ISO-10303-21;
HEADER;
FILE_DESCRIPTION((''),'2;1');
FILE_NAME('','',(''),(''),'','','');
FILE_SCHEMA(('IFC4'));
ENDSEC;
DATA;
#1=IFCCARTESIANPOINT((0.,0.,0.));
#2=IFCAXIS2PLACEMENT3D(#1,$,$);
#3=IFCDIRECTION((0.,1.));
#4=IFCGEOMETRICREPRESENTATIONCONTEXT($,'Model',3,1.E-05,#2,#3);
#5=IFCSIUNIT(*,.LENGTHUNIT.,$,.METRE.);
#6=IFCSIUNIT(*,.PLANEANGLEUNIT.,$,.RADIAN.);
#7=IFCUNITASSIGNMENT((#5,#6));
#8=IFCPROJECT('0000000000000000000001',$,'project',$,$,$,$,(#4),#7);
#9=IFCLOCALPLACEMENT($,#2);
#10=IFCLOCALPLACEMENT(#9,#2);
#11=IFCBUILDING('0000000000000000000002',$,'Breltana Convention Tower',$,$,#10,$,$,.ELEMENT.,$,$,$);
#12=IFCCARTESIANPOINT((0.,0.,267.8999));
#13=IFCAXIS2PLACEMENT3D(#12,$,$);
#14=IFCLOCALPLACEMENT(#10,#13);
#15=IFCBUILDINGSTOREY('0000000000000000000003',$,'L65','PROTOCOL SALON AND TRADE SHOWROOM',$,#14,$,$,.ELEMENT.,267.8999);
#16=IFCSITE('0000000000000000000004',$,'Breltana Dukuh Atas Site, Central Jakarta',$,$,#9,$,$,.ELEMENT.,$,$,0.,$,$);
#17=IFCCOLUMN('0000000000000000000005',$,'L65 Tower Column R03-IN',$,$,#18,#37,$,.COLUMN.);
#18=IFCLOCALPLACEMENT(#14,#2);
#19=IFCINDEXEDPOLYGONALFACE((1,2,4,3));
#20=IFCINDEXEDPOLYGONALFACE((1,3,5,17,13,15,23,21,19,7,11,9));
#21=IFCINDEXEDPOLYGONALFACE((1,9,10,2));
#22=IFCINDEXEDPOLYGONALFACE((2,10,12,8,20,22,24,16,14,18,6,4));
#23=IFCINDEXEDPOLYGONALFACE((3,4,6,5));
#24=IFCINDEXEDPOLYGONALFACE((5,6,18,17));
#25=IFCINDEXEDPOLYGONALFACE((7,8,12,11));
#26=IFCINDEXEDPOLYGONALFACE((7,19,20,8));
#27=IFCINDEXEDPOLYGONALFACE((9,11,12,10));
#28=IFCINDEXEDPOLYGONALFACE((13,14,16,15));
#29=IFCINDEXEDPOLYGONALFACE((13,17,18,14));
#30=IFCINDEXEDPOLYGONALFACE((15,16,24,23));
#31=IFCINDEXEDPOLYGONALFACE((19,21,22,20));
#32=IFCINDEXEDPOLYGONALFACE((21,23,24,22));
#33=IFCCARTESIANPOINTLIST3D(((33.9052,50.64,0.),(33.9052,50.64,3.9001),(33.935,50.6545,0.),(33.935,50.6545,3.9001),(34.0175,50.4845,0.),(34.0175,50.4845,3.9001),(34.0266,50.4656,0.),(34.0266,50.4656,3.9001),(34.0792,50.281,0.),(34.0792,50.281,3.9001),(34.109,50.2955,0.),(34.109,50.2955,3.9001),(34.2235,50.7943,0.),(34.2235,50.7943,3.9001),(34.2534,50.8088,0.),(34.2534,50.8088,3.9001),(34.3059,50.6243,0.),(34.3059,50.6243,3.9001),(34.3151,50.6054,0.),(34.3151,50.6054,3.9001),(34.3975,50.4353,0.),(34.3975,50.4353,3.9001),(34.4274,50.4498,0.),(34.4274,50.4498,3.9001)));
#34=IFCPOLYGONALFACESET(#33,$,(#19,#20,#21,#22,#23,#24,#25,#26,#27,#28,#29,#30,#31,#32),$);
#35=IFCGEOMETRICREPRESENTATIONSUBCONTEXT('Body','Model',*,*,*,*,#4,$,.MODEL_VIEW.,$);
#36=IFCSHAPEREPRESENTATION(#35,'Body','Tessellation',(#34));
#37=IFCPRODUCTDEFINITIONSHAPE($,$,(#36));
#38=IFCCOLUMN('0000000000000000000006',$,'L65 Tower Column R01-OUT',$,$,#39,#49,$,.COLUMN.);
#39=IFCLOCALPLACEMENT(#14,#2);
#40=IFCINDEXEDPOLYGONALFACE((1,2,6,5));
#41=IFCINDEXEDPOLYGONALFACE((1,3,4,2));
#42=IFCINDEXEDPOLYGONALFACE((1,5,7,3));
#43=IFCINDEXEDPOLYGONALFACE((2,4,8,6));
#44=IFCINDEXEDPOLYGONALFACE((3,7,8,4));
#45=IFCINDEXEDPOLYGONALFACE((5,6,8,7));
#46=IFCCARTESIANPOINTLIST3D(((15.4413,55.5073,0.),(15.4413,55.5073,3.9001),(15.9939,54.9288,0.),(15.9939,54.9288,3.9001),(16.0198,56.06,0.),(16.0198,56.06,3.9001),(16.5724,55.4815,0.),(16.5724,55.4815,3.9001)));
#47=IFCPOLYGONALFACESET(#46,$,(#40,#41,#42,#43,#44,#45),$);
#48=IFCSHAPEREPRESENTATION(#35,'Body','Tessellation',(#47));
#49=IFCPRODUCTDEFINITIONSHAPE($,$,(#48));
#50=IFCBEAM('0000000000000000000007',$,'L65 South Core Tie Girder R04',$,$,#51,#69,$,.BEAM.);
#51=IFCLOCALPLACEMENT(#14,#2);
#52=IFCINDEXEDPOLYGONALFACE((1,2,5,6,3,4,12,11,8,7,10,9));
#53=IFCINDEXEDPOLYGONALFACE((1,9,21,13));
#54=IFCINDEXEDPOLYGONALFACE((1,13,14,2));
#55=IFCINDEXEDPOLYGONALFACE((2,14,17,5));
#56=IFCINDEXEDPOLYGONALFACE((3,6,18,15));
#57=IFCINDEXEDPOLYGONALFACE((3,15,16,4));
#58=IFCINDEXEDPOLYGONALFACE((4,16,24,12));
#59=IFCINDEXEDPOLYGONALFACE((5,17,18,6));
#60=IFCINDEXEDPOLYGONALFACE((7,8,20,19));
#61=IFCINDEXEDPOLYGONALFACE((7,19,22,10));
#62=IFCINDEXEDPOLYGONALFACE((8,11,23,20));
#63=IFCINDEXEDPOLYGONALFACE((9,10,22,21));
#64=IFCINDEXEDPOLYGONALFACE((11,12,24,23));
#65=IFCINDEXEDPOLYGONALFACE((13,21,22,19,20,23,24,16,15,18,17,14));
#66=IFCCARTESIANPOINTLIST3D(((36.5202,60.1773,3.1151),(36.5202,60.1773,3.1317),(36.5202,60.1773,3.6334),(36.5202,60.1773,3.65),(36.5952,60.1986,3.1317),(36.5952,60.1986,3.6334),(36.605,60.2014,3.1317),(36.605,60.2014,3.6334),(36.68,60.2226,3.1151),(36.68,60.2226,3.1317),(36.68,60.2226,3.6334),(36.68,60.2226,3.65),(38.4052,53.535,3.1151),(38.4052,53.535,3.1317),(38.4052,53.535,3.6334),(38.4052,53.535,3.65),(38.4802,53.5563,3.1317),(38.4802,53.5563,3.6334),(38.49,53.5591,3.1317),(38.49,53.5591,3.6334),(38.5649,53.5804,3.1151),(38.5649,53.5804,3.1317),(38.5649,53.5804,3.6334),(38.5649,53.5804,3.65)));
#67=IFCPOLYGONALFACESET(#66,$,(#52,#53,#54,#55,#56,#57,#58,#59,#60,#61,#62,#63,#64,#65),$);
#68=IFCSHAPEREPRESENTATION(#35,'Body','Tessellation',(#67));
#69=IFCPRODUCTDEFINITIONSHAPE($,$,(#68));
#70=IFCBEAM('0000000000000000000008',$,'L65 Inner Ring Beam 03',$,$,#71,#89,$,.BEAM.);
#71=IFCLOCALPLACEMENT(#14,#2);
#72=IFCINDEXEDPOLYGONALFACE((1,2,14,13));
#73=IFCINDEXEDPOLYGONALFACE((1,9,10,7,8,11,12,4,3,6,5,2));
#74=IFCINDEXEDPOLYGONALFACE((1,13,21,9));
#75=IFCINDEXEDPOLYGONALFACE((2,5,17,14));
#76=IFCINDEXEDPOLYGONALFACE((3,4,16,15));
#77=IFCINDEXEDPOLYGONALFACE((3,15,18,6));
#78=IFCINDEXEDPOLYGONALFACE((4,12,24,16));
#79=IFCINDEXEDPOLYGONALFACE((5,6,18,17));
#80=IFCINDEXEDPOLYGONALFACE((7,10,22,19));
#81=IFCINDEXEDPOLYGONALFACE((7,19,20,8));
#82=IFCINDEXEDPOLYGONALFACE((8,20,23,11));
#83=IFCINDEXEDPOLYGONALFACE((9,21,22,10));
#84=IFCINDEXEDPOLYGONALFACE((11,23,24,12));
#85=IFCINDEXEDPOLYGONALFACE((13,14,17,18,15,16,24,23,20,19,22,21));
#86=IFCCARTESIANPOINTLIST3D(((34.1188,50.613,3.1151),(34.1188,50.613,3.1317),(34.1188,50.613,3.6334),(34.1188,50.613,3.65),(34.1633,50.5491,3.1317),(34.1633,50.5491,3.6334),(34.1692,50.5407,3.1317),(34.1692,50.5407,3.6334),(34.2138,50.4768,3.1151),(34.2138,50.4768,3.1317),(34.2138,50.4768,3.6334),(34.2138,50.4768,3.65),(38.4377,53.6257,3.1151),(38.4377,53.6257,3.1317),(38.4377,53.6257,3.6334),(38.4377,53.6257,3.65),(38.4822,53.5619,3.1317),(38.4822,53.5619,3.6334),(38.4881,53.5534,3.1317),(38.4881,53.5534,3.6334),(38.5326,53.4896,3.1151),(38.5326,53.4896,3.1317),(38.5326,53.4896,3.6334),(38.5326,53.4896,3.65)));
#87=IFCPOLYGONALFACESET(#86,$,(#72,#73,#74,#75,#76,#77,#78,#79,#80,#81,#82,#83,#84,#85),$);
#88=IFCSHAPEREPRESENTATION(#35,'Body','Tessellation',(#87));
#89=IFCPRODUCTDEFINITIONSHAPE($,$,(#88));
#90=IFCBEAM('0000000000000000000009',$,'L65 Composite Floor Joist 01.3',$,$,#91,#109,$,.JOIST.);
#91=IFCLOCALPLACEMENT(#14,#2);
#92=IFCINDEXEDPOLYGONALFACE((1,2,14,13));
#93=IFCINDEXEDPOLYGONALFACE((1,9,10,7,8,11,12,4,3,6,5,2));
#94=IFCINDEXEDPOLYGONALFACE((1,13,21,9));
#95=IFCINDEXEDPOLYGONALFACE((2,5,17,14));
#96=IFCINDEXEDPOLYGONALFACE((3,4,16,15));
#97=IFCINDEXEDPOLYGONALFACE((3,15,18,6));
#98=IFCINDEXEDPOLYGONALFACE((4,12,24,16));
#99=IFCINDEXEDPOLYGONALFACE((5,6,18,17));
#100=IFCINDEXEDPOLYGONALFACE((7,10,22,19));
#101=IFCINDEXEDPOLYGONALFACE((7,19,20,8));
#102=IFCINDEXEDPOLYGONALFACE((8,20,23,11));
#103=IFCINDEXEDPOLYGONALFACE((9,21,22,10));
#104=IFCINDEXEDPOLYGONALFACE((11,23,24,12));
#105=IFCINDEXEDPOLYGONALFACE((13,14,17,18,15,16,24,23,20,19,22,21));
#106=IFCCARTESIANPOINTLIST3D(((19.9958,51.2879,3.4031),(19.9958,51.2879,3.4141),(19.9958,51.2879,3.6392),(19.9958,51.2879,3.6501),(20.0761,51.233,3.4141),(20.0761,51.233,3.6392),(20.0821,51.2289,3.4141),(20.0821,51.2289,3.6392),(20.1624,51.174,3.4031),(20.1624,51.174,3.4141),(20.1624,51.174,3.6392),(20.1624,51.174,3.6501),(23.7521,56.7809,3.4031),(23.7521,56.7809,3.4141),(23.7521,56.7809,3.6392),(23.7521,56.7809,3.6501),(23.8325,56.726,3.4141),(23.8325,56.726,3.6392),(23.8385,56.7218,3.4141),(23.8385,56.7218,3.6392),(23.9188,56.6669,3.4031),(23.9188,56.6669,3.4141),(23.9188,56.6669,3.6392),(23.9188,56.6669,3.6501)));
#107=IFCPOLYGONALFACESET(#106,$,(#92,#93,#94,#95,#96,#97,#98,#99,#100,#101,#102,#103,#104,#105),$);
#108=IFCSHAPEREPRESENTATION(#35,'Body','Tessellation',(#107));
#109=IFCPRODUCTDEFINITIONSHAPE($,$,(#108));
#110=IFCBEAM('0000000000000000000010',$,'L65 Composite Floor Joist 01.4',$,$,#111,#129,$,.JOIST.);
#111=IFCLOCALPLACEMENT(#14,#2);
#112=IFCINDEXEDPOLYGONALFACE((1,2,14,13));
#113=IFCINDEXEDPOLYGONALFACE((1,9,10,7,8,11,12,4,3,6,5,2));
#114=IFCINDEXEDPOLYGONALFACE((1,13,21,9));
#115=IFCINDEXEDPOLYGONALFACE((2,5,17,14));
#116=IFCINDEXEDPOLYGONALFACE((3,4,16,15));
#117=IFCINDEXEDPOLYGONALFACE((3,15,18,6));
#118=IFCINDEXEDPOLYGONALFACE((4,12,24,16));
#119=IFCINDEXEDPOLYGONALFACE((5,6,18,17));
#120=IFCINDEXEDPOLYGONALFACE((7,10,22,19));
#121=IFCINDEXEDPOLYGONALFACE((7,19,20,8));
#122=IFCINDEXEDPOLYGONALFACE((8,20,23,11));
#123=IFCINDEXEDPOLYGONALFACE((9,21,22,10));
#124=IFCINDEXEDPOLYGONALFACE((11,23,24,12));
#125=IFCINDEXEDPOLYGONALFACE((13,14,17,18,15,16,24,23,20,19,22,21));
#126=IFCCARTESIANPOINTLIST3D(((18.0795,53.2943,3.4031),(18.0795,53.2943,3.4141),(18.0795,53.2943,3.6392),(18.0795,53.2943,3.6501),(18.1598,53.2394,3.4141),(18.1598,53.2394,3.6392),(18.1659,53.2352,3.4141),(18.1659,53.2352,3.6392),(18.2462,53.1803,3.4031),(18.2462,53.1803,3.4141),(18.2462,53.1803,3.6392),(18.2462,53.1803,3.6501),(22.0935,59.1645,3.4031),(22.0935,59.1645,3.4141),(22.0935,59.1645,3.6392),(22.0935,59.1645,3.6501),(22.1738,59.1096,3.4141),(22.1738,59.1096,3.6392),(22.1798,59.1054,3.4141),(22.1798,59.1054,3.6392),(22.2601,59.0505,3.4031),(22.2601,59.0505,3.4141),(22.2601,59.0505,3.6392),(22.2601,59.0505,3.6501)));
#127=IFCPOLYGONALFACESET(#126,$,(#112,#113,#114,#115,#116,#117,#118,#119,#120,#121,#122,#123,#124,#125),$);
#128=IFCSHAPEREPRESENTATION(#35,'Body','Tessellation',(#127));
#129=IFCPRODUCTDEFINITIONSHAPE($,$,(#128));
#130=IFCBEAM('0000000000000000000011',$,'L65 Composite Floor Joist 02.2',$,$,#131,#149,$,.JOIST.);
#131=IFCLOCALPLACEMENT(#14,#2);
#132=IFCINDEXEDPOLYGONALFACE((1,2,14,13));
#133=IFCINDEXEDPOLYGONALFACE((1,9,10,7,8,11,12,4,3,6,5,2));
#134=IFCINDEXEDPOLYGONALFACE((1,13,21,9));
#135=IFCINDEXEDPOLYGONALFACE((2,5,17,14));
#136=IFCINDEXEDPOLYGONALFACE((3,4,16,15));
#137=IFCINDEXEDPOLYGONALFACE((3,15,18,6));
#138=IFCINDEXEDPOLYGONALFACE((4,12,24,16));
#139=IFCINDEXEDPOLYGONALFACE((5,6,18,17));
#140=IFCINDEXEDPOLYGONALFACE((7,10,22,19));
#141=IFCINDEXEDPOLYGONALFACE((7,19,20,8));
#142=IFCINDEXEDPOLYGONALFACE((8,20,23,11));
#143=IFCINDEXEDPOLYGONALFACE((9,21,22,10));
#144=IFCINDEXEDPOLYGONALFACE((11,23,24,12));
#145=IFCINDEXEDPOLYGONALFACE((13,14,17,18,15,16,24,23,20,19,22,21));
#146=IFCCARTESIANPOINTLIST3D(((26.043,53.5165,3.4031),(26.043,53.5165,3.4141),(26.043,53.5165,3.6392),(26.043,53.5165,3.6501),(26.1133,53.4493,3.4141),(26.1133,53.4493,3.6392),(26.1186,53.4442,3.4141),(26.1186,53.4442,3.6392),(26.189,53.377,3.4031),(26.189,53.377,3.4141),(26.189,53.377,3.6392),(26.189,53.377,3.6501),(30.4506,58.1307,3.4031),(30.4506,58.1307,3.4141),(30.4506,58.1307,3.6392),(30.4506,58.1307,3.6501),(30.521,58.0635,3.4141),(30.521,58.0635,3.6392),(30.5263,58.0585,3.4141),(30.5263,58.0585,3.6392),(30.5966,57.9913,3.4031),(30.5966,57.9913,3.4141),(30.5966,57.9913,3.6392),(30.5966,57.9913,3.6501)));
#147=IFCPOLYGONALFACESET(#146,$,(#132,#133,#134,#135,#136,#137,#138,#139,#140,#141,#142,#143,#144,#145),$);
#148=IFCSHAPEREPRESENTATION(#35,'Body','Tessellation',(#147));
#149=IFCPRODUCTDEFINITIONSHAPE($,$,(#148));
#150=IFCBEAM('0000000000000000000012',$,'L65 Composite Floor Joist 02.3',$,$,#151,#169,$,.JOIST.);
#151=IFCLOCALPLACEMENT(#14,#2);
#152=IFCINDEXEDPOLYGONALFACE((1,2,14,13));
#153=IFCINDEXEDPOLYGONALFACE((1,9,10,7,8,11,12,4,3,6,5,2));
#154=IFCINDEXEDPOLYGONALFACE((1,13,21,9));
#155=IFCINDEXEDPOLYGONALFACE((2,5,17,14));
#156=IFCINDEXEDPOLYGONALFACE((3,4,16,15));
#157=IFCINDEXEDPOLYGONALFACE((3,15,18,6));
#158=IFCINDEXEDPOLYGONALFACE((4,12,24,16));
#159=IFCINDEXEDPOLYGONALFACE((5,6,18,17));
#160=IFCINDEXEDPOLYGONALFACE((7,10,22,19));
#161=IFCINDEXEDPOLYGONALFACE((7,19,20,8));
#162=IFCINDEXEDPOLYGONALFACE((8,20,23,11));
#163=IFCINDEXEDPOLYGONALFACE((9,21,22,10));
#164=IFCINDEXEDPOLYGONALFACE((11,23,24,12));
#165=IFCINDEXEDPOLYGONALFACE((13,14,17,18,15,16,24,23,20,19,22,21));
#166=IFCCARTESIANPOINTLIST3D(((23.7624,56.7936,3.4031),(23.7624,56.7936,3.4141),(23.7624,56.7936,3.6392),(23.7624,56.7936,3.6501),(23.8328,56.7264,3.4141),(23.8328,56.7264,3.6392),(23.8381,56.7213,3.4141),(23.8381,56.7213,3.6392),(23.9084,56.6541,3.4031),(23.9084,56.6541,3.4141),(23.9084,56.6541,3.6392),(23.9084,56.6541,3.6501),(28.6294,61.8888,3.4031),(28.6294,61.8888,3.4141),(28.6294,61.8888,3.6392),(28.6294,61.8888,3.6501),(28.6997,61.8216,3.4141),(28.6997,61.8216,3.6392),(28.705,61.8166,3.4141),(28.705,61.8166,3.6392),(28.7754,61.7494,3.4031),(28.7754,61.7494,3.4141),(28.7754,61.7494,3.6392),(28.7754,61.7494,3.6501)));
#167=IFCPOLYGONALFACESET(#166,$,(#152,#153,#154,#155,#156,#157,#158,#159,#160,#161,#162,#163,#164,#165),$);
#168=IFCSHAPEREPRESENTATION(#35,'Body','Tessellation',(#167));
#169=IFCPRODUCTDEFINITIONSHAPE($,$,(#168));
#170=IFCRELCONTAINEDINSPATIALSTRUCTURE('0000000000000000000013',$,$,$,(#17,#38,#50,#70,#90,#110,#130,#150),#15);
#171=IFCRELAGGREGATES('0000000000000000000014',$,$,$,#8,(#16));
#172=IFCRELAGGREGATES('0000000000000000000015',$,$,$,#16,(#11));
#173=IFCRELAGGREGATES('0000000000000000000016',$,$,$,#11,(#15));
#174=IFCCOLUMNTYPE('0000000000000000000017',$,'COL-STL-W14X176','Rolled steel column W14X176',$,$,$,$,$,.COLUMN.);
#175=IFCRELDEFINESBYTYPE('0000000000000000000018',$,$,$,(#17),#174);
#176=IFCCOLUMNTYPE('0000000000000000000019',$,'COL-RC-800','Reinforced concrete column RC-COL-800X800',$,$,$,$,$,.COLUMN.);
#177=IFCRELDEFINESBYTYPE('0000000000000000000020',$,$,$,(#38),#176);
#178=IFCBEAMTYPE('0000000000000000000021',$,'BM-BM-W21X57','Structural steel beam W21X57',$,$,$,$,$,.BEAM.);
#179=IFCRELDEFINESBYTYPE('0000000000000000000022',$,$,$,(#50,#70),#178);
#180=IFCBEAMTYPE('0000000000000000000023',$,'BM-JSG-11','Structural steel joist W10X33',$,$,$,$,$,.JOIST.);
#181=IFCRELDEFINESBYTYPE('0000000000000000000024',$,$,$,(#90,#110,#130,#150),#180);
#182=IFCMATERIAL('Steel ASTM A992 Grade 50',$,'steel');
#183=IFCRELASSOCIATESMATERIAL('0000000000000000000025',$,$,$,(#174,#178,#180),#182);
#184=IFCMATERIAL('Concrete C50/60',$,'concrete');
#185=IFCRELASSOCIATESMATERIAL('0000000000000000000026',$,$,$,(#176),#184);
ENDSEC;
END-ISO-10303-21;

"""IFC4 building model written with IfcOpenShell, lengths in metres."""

from ifc_helpers import new_model, si_unit, direction, frame, origin, origin_2d, place, context, subcontext, project, spatial, rectangle, i_section, extrude, source, transform, mapped, material, material_profile, profile_set, type_object, type_shapes, element, save


model = new_model("IFC4")

# Units and contexts
model_context = context("Model", 3, precision=1e-05, world=origin(), true_north=direction((0.0, 1.0)))
body_context = subcontext(model_context, "Body", "Model", "MODEL_VIEW")
ifc_project = project(units=[si_unit("LENGTHUNIT", "METRE"), si_unit("PLANEANGLEUNIT", "RADIAN")], contexts=[model_context])

# Site, building, storey
site_placement = place(None, origin())
site = spatial("IfcSite", under=ifc_project, at=site_placement, Name="Breltana Dukuh Atas Site, Central Jakarta", CompositionType="ELEMENT", RefElevation=0.0)
building_placement = place(site_placement, origin())
building = spatial("IfcBuilding", under=site, at=building_placement, Name="Breltana Convention Tower", CompositionType="ELEMENT")
storey_placement = place(building_placement, frame((0.0, 0.0, 267.8999)))
storey = spatial("IfcBuildingStorey", under=building, at=storey_placement, Name="L65", Description="PROTOCOL SALON AND TRADE SHOWROOM", CompositionType="ELEMENT", Elevation=267.8999)

# Columns
ifc_material_1 = material(Name="Steel ASTM A992 Grade 50", Category="steel")
ifc_material_profile_1 = material_profile(ifc_material_1, i_section(OverallWidth=0.3989, OverallDepth=0.387, WebThickness=0.021, FlangeThickness=0.0332, at=origin_2d()), Name="W14X176")
ifc_profile_set_1 = profile_set([ifc_material_profile_1], Name="Steel ASTM A992 Grade 50")
column_type_1 = type_object("IfcColumnType", Name="COL-STL-W14X176", Description="Rolled steel column W14X176", PredefinedType="COLUMN", material=ifc_profile_set_1)
shared_shape_1 = source(origin(), body_context, "Body", "SweptSolid", [
    extrude(i_section(OverallWidth=0.3989, OverallDepth=0.387, WebThickness=0.021, FlangeThickness=0.0332, at=origin_2d()), origin(), (0.0, 0.0, 1.0), 3.9001),
])
column_1_placement = place(storey_placement, frame((34.1663, 50.5449, 0.0), z_axis=(0.0, 0.0, 1.0), x_axis=(-0.436174, 0.899863, 0.0)))
element("IfcColumn", 1, at=column_1_placement, inside=storey, type_object=column_type_1, Name="L65 Tower Column R03-IN", PredefinedType="COLUMN", context=body_context, shape_type="MappedRepresentation", body=[
    mapped(shared_shape_1, transform((0.0, 0.0, 0.0), scale=1.0)),
])
ifc_material_2 = material(Name="Concrete C50/60", Category="concrete")
ifc_material_profile_2 = material_profile(ifc_material_2, rectangle(XDim=0.8, YDim=0.8, at=origin_2d()), Name="RC-COL-800X800")
ifc_profile_set_2 = profile_set([ifc_material_profile_2], Name="Concrete C50/60")
column_type_2 = type_object("IfcColumnType", Name="COL-RC-800", Description="Reinforced concrete column RC-COL-800X800", PredefinedType="COLUMN", material=ifc_profile_set_2)
shared_shape_2 = source(origin(), body_context, "Body", "SweptSolid", [
    extrude(rectangle(XDim=0.8, YDim=0.8, at=origin_2d()), origin(), (0.0, 0.0, 1.0), 3.9001),
])
column_2_placement = place(storey_placement, frame((16.0068, 55.4944, 0.0), z_axis=(0.0, 0.0, 1.0), x_axis=(-0.690756, 0.723088, 0.0)))
element("IfcColumn", 2, at=column_2_placement, inside=storey, type_object=column_type_2, Name="L65 Tower Column R01-OUT", PredefinedType="COLUMN", context=body_context, shape_type="MappedRepresentation", body=[
    mapped(shared_shape_2, transform((0.0, 0.0, 0.0), scale=1.0)),
])

# Beams
ifc_material_profile_3 = material_profile(ifc_material_1, i_section(OverallWidth=0.166, OverallDepth=0.5349, WebThickness=0.0103, FlangeThickness=0.0166, at=origin_2d()), Name="W21X57")
ifc_profile_set_3 = profile_set([ifc_material_profile_3], Name="Steel ASTM A992 Grade 50")
beam_type_1 = type_object("IfcBeamType", Name="BM-BM-W21X57", Description="Structural steel beam W21X57", PredefinedType="BEAM", material=ifc_profile_set_3)
shared_shape_3 = source(origin(), body_context, "Body", "SweptSolid", [
    extrude(i_section(OverallWidth=0.166, OverallDepth=0.5349, WebThickness=0.0103, FlangeThickness=0.0166, at=origin_2d()), origin(), (0.0, 0.0, 1.0), 6.9045),
])
type_shapes(beam_type_1, [shared_shape_3])
beam_1_placement = place(storey_placement, frame((36.6001, 60.2, 3.3826), z_axis=(0.273007, -0.962012, 0.0), x_axis=(0.962012, 0.273007, 0.0)))
element("IfcBeam", 3, at=beam_1_placement, inside=storey, type_object=beam_type_1, Name="L65 South Core Tie Girder R04", PredefinedType="BEAM", context=body_context, shape_type="MappedRepresentation", body=[
    mapped(shared_shape_3, transform((0.0, 0.0, 0.0), scale=1.0)),
])
shared_shape_4 = source(origin(), body_context, "Body", "SweptSolid", [
    extrude(i_section(OverallWidth=0.166, OverallDepth=0.5349, WebThickness=0.0103, FlangeThickness=0.0166, at=origin_2d()), origin(), (0.0, 0.0, 1.0), 5.2659),
])
beam_2_placement = place(storey_placement, frame((34.1663, 50.5449, 3.3826), z_axis=(0.820167, 0.572124, 0.0), x_axis=(-0.572124, 0.820167, 0.0)))
element("IfcBeam", 4, at=beam_2_placement, inside=storey, type_object=beam_type_1, Name="L65 Inner Ring Beam 03", PredefinedType="BEAM", context=body_context, shape_type="MappedRepresentation", body=[
    mapped(shared_shape_4, transform((0.0, 0.0, 0.0), scale=1.0)),
])
ifc_material_profile_4 = material_profile(ifc_material_1, i_section(OverallWidth=0.2019, OverallDepth=0.2471, WebThickness=0.0073, FlangeThickness=0.011, at=origin_2d()), Name="W10X33")
ifc_profile_set_4 = profile_set([ifc_material_profile_4], Name="Steel ASTM A992 Grade 50")
beam_type_2 = type_object("IfcBeamType", Name="BM-JSG-11", Description="Structural steel joist W10X33", PredefinedType="JOIST", material=ifc_profile_set_4)
shared_shape_5 = source(origin(), body_context, "Body", "SweptSolid", [
    extrude(i_section(OverallWidth=0.2019, OverallDepth=0.2471, WebThickness=0.0073, FlangeThickness=0.011, at=origin_2d()), origin(), (0.0, 0.0, 1.0), 6.6545),
])
beam_3_placement = place(storey_placement, frame((20.0791, 51.231, 3.5266), z_axis=(0.564483, 0.825445, 0.0), x_axis=(-0.825445, 0.564483, 0.0)))
element("IfcBeam", 5, at=beam_3_placement, inside=storey, type_object=beam_type_2, Name="L65 Composite Floor Joist 01.3", PredefinedType="JOIST", context=body_context, shape_type="MappedRepresentation", body=[
    mapped(shared_shape_5, transform((0.0, 0.0, 0.0), scale=1.0)),
])
shared_shape_6 = source(origin(), body_context, "Body", "SweptSolid", [
    extrude(i_section(OverallWidth=0.2019, OverallDepth=0.2471, WebThickness=0.0073, FlangeThickness=0.011, at=origin_2d()), origin(), (0.0, 0.0, 1.0), 7.1113),
])
beam_4_placement = place(storey_placement, frame((18.1628, 53.2373, 3.5266), z_axis=(0.564446, 0.82547, 0.0), x_axis=(-0.82547, 0.564446, 0.0)))
element("IfcBeam", 6, at=beam_4_placement, inside=storey, type_object=beam_type_2, Name="L65 Composite Floor Joist 01.4", PredefinedType="JOIST", context=body_context, shape_type="MappedRepresentation", body=[
    mapped(shared_shape_6, transform((0.0, 0.0, 0.0), scale=1.0)),
])
shared_shape_7 = source(origin(), body_context, "Body", "SweptSolid", [
    extrude(i_section(OverallWidth=0.2019, OverallDepth=0.2471, WebThickness=0.0073, FlangeThickness=0.011, at=origin_2d()), origin(), (0.0, 0.0, 1.0), 6.3811),
])
beam_5_placement = place(storey_placement, frame((26.116, 53.4468, 3.5266), z_axis=(0.690738, 0.723105, 0.0), x_axis=(-0.723105, 0.690738, 0.0)))
element("IfcBeam", 7, at=beam_5_placement, inside=storey, type_object=beam_type_2, Name="L65 Composite Floor Joist 02.2", PredefinedType="JOIST", context=body_context, shape_type="MappedRepresentation", body=[
    mapped(shared_shape_7, transform((0.0, 0.0, 0.0), scale=1.0)),
])
shared_shape_8 = source(origin(), body_context, "Body", "SweptSolid", [
    extrude(i_section(OverallWidth=0.2019, OverallDepth=0.2471, WebThickness=0.0073, FlangeThickness=0.011, at=origin_2d()), origin(), (0.0, 0.0, 1.0), 7.0461),
])
beam_6_placement = place(storey_placement, frame((23.8354, 56.7239, 3.5266), z_axis=(0.690723, 0.72312, 0.0), x_axis=(-0.72312, 0.690723, 0.0)))
element("IfcBeam", 8, at=beam_6_placement, inside=storey, type_object=beam_type_2, Name="L65 Composite Floor Joist 02.3", PredefinedType="JOIST", context=body_context, shape_type="MappedRepresentation", body=[
    mapped(shared_shape_8, transform((0.0, 0.0, 0.0), scale=1.0)),
])

save(model, "model.ifc")
